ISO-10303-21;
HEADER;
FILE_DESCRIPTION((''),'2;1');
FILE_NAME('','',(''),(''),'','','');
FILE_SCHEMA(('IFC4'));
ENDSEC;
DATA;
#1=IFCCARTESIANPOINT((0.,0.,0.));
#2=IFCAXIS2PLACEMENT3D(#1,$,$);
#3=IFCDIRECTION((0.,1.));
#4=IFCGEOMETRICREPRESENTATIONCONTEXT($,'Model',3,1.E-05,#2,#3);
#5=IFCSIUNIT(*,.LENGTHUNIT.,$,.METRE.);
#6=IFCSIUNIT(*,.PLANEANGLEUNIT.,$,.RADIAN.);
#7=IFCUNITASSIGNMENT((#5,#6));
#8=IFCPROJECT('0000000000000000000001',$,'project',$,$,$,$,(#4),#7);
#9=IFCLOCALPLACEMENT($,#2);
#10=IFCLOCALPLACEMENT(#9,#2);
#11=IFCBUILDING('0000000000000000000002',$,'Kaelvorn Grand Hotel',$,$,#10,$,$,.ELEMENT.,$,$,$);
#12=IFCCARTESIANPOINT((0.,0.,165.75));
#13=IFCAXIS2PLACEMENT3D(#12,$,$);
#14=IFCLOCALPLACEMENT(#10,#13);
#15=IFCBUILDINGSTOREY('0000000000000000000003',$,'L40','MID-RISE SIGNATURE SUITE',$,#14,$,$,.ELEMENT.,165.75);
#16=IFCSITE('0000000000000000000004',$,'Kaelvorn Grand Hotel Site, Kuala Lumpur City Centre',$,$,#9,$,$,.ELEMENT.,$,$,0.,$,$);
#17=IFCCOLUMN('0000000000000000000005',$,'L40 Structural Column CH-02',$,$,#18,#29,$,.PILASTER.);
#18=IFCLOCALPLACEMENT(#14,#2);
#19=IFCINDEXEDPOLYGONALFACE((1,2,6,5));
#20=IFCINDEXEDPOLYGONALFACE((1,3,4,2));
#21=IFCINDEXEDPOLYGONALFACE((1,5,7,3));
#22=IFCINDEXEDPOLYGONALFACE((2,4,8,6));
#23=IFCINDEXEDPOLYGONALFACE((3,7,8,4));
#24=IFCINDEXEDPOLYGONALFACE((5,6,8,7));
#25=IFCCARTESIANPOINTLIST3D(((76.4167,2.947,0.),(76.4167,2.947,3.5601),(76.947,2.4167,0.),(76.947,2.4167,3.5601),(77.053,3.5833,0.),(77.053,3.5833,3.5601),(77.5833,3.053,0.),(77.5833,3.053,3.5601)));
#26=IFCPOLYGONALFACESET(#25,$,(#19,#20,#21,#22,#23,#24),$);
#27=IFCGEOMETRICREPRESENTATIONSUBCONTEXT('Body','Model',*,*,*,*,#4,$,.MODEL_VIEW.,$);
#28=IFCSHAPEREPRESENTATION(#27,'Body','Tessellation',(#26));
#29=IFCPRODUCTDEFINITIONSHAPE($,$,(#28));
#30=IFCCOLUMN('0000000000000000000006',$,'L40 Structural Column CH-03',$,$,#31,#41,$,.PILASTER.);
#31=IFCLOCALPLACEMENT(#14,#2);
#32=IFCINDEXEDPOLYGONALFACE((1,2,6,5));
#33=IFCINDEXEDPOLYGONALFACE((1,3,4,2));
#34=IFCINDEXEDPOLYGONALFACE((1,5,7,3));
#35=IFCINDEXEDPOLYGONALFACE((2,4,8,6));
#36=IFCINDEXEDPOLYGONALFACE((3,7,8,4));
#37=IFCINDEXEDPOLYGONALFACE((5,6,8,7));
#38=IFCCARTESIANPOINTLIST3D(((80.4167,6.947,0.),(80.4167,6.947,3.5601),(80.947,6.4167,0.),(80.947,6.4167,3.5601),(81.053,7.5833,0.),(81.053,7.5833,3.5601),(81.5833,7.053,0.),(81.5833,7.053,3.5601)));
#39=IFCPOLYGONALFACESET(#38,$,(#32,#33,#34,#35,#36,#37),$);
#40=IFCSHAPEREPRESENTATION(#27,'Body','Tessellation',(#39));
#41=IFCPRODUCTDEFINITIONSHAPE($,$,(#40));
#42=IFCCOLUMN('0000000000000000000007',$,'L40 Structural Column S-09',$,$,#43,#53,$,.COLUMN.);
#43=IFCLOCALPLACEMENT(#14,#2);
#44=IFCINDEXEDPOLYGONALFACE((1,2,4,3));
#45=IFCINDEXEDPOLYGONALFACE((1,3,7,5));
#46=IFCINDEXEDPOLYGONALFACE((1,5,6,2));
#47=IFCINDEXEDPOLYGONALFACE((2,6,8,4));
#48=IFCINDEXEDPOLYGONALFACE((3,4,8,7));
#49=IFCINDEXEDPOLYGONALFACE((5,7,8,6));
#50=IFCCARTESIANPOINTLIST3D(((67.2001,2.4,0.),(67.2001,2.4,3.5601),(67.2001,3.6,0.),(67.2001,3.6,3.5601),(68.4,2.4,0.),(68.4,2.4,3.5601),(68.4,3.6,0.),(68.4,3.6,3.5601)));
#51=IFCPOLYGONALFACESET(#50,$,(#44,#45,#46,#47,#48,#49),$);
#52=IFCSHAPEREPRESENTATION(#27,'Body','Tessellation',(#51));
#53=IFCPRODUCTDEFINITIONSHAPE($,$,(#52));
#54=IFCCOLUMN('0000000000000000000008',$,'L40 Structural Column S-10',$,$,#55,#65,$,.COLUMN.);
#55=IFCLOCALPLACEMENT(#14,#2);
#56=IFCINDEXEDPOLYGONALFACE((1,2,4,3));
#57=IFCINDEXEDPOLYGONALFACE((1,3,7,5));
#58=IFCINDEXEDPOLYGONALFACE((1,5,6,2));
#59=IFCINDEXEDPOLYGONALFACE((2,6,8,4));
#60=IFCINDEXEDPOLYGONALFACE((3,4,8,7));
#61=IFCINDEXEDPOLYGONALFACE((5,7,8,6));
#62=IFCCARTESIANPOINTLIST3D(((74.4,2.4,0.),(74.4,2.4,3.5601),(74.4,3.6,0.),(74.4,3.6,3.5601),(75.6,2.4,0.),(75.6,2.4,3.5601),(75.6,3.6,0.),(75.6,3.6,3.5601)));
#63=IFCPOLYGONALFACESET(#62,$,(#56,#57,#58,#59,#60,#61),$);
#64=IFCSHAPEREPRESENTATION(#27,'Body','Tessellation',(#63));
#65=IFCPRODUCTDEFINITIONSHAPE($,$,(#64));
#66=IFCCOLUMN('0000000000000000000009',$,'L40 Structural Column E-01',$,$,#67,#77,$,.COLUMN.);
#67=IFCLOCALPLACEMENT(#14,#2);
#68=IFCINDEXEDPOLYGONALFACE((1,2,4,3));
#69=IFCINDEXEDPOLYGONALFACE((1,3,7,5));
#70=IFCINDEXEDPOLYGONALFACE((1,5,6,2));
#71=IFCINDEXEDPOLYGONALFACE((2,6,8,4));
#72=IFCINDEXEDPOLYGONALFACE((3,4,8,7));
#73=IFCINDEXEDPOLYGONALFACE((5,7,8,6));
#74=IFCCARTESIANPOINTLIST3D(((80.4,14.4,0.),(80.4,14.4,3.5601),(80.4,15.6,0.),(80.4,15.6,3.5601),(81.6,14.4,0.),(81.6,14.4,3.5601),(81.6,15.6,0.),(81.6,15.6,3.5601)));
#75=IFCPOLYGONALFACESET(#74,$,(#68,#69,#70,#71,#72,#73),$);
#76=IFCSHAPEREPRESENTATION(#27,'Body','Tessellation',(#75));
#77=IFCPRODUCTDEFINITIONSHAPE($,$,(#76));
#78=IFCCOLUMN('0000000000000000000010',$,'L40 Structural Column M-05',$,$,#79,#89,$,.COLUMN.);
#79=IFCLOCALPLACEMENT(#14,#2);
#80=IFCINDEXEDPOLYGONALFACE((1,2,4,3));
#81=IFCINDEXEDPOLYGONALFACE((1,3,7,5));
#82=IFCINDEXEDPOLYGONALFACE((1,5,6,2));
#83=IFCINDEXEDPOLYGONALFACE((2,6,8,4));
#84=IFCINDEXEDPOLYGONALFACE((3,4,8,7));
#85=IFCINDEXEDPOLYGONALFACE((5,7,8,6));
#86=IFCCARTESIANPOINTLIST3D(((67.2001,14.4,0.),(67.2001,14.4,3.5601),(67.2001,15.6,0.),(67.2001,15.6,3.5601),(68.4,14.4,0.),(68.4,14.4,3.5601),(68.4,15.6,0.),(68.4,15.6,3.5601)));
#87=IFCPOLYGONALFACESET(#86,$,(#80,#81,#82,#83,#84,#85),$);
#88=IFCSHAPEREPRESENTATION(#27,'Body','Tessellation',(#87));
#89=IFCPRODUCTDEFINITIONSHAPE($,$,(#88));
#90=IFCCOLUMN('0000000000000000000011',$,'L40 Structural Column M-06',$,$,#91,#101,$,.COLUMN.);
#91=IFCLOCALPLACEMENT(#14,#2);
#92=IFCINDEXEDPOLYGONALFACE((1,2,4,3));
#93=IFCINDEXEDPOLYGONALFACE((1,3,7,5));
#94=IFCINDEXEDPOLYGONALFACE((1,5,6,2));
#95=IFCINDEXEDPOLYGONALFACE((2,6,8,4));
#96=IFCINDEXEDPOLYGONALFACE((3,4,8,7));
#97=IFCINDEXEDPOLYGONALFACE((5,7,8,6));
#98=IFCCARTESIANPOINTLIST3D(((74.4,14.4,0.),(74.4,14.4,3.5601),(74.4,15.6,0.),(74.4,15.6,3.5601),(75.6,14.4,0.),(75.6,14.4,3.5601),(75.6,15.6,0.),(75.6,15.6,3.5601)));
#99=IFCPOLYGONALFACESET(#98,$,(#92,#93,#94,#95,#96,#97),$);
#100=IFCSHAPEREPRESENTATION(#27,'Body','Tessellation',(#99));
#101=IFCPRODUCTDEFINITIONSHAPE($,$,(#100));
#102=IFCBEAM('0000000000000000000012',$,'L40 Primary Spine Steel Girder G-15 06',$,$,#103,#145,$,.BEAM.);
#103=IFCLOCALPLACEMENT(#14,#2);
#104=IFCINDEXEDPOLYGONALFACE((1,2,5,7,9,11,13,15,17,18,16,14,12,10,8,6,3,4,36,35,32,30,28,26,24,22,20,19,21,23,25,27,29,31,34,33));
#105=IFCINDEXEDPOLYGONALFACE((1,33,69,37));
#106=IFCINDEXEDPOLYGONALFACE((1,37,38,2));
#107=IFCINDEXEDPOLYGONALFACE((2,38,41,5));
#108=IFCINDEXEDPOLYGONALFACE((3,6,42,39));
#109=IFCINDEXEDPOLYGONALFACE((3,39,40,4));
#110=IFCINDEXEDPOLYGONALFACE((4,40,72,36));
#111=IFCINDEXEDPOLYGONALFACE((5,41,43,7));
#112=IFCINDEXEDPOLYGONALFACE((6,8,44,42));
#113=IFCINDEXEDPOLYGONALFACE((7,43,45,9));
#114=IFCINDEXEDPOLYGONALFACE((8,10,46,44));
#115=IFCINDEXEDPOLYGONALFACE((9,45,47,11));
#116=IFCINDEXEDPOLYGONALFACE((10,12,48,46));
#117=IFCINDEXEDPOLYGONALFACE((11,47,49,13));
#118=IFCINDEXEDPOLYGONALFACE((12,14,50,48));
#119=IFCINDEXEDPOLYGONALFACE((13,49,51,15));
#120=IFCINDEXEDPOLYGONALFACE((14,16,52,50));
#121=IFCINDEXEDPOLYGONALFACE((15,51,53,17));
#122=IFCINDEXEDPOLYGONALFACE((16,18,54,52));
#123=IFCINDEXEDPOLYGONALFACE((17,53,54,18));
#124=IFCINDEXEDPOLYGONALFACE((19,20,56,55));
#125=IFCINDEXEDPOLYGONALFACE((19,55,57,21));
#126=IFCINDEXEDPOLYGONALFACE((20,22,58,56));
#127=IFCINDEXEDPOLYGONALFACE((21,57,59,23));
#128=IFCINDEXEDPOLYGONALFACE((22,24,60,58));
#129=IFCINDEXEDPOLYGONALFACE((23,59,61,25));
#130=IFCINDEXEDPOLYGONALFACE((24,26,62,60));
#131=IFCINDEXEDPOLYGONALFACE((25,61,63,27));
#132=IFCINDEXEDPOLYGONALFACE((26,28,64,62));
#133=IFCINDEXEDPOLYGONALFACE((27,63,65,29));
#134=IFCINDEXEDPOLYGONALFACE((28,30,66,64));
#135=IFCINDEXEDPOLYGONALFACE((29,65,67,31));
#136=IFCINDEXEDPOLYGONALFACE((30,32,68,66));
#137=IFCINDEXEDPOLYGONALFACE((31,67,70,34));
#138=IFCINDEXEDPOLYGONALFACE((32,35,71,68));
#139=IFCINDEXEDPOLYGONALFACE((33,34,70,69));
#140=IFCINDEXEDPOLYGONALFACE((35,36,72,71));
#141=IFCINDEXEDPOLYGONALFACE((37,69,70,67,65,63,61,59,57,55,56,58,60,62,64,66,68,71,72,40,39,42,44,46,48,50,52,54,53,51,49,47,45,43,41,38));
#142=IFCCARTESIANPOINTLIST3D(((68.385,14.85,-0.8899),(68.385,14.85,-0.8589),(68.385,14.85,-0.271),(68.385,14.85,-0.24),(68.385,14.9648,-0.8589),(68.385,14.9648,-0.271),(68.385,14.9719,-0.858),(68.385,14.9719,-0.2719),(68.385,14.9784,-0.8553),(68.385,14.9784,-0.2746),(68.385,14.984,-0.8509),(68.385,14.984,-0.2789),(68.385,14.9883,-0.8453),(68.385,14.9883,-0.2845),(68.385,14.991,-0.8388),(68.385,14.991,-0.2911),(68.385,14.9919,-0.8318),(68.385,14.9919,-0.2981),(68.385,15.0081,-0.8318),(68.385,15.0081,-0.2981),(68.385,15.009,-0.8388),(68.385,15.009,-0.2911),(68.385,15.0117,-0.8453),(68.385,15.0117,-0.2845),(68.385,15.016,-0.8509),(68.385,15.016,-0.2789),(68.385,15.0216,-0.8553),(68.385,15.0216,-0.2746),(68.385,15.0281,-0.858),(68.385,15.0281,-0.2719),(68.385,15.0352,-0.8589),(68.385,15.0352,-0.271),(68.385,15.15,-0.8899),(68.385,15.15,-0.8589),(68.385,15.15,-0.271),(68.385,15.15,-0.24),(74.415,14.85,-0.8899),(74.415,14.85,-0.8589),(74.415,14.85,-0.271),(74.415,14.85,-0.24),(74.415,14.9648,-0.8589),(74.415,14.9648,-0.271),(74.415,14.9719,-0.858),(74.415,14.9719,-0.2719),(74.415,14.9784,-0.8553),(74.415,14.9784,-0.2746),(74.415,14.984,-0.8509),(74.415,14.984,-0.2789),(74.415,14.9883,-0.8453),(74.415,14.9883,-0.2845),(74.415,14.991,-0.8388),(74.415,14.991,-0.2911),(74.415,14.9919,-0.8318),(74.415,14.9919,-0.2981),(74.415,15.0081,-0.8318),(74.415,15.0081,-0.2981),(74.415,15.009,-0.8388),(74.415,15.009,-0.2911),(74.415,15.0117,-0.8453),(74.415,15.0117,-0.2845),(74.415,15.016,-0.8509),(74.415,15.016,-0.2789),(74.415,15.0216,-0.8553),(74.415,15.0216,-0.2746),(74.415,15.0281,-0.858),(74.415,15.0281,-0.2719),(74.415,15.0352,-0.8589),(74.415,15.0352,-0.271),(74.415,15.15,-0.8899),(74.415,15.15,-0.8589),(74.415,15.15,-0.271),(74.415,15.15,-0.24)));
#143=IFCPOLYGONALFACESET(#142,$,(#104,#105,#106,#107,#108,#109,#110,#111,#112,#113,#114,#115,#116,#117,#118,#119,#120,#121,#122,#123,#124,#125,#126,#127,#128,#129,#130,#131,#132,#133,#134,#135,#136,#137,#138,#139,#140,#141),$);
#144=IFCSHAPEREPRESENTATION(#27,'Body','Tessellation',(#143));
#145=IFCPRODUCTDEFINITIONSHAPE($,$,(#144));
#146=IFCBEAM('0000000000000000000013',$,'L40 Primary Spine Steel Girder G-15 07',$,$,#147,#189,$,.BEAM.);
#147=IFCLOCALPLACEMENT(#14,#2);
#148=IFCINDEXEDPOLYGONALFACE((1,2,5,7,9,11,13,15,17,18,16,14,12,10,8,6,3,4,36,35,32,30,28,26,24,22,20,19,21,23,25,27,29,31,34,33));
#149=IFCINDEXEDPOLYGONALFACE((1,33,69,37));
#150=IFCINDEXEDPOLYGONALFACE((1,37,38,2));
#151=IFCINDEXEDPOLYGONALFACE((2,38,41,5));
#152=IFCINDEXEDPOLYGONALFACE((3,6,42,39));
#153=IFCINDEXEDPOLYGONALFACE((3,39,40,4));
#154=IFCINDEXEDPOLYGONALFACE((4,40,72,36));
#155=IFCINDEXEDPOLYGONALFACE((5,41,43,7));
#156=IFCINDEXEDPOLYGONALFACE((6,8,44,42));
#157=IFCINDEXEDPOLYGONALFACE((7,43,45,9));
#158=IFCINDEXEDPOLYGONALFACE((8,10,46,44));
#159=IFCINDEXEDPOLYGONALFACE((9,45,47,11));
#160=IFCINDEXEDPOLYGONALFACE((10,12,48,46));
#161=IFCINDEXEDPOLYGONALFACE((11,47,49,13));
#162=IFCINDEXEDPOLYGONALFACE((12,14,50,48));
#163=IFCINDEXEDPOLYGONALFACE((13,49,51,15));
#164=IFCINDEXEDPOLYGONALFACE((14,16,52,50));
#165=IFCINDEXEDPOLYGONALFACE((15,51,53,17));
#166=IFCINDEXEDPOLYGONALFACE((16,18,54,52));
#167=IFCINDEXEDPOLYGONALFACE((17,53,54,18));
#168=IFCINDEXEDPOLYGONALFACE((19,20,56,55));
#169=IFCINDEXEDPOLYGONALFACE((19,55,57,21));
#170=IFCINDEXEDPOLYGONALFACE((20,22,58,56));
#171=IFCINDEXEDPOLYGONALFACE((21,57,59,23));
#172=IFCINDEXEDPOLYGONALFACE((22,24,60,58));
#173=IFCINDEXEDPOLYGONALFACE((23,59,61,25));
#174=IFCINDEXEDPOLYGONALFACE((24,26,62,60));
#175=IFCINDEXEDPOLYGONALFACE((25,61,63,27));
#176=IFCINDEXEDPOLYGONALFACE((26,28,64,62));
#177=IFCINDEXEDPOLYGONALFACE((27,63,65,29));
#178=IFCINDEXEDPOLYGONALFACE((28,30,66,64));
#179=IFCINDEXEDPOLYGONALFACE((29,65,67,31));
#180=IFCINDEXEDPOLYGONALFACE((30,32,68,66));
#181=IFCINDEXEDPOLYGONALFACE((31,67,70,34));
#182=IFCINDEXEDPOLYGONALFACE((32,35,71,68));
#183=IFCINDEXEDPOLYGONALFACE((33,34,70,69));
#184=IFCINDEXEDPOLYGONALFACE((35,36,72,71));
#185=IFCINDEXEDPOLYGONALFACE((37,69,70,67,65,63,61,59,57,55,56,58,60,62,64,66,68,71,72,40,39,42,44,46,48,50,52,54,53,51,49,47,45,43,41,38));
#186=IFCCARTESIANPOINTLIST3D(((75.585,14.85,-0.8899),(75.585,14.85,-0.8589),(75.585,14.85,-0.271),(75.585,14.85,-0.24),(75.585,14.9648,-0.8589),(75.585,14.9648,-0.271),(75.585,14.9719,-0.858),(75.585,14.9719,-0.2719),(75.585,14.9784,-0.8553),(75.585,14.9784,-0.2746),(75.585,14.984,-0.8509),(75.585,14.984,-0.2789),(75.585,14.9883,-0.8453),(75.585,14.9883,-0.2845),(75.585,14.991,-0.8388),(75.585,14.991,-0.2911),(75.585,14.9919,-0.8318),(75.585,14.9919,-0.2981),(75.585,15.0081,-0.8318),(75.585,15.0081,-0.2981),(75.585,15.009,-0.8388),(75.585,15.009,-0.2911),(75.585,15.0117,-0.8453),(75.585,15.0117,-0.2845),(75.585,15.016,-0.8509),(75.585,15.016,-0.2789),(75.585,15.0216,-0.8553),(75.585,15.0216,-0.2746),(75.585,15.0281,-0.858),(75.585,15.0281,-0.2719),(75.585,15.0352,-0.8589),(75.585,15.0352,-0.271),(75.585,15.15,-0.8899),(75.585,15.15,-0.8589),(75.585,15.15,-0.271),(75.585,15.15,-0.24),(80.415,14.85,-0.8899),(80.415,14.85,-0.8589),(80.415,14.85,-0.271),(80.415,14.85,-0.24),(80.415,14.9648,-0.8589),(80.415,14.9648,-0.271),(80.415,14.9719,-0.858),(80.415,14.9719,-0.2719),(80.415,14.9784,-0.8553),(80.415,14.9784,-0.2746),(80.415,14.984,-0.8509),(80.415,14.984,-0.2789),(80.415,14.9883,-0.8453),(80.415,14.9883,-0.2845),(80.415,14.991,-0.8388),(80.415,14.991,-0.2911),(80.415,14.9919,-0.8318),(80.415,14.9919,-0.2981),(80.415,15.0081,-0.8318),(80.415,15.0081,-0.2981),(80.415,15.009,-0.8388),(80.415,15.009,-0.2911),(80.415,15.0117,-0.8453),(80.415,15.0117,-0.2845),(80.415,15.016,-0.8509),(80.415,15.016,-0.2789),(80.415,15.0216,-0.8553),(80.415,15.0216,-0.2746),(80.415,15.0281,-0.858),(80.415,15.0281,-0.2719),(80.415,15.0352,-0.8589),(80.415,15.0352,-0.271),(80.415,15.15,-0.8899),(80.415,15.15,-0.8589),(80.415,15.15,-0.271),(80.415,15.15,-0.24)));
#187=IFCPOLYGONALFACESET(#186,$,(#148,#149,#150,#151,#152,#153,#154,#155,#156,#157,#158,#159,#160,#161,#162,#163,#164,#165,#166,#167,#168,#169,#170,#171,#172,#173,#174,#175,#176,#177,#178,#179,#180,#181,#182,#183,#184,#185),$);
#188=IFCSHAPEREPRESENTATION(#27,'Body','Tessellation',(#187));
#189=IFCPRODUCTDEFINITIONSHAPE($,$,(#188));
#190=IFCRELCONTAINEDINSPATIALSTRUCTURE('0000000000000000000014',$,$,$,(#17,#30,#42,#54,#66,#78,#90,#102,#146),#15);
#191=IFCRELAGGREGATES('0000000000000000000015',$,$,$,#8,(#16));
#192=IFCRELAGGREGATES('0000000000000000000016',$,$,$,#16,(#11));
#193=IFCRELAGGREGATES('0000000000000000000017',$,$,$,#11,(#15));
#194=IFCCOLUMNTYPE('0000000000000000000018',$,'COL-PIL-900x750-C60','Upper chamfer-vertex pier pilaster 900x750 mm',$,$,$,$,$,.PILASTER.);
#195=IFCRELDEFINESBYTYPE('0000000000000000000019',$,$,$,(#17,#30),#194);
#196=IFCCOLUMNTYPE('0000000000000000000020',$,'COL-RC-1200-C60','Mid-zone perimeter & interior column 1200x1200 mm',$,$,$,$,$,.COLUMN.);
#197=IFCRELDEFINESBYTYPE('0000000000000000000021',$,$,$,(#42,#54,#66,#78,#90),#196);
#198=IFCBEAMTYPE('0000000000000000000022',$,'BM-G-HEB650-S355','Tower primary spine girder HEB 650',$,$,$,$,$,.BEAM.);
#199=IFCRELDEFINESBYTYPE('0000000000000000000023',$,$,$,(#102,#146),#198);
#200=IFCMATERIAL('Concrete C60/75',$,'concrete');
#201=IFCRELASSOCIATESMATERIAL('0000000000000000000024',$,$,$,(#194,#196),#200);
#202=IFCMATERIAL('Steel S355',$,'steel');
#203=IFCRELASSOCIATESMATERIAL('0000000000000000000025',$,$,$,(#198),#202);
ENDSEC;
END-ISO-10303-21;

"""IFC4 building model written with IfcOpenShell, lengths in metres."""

from ifc_helpers import new_model, si_unit, direction, frame, origin, origin_2d, place, context, subcontext, project, spatial, rectangle, i_section, extrude, material, material_profile, profile_set, type_object, element, save


model = new_model("IFC4")

# Units and contexts
model_context = context("Model", 3, precision=1e-05, world=origin(), true_north=direction((0.0, 1.0)))
body_context = subcontext(model_context, "Body", "Model", "MODEL_VIEW")
ifc_project = project(units=[si_unit("LENGTHUNIT", "METRE"), si_unit("PLANEANGLEUNIT", "RADIAN")], contexts=[model_context])

# Site, building, storey
site_placement = place(None, origin())
site = spatial("IfcSite", under=ifc_project, at=site_placement, Name="Kaelvorn Grand Hotel Site, Kuala Lumpur City Centre", CompositionType="ELEMENT", RefElevation=0.0)
building_placement = place(site_placement, origin())
building = spatial("IfcBuilding", under=site, at=building_placement, Name="Kaelvorn Grand Hotel", CompositionType="ELEMENT")
storey_placement = place(building_placement, frame((0.0, 0.0, 165.75)))
storey = spatial("IfcBuildingStorey", under=building, at=storey_placement, Name="L40", Description="MID-RISE SIGNATURE SUITE", CompositionType="ELEMENT", Elevation=165.75)

# Columns
ifc_material_1 = material(Name="Concrete C60/75", Category="concrete")
ifc_material_profile_1 = material_profile(ifc_material_1, rectangle(XDim=0.8999, YDim=0.75, at=origin_2d()), Name="RC PILASTER 900x750")
ifc_profile_set_1 = profile_set([ifc_material_profile_1], Name="Concrete C60/75")
column_type_1 = type_object("IfcColumnType", Name="COL-PIL-900x750-C60", Description="Upper chamfer-vertex pier pilaster 900x750 mm", PredefinedType="PILASTER", material=ifc_profile_set_1)
for number, where, z_axis, x_axis, name in (
    (1, (77.0, 3.0, 0.0), (0.0, 0.0, 1.0), (0.707107, 0.707107, 0.0), "L40 Structural Column CH-02"),
    (2, (81.0, 7.0, 0.0), (0.0, 0.0, 1.0), (0.707107, 0.707107, 0.0), "L40 Structural Column CH-03"),
):
    element("IfcColumn", number, at=place(storey_placement, frame(where, z_axis=z_axis, x_axis=x_axis)), inside=storey, type_object=column_type_1, Name=name, PredefinedType="PILASTER", context=body_context, shape_type="SweptSolid", body=[
        extrude(rectangle(XDim=0.8999, YDim=0.75, at=origin_2d()), origin(), (0.0, 0.0, 1.0), 3.5601),
    ])
ifc_material_profile_2 = material_profile(ifc_material_1, rectangle(XDim=1.2, YDim=1.2, at=origin_2d()), Name="RC COL 1200x1200")
ifc_profile_set_2 = profile_set([ifc_material_profile_2], Name="Concrete C60/75")
column_type_2 = type_object("IfcColumnType", Name="COL-RC-1200-C60", Description="Mid-zone perimeter & interior column 1200x1200 mm", PredefinedType="COLUMN", material=ifc_profile_set_2)
for number, where, z_axis, x_axis, name in (
    (3, (67.8, 3.0, 0.0), (0.0, 0.0, 1.0), (1.0, 0.0, 0.0), "L40 Structural Column S-09"),
    (4, (75.0, 3.0, 0.0), (0.0, 0.0, 1.0), (1.0, 0.0, 0.0), "L40 Structural Column S-10"),
    (5, (81.0, 15.0, 0.0), (0.0, 0.0, 1.0), (1.0, 0.0, 0.0), "L40 Structural Column E-01"),
    (6, (67.8, 15.0, 0.0), (0.0, 0.0, 1.0), (1.0, 0.0, 0.0), "L40 Structural Column M-05"),
    (7, (75.0, 15.0, 0.0), (0.0, 0.0, 1.0), (1.0, 0.0, 0.0), "L40 Structural Column M-06"),
):
    element("IfcColumn", number, at=place(storey_placement, frame(where, z_axis=z_axis, x_axis=x_axis)), inside=storey, type_object=column_type_2, Name=name, PredefinedType="COLUMN", context=body_context, shape_type="SweptSolid", body=[
        extrude(rectangle(XDim=1.2, YDim=1.2, at=origin_2d()), origin(), (0.0, 0.0, 1.0), 3.5601),
    ])

# Beams
ifc_material_2 = material(Name="Steel S355", Category="steel")
ifc_material_profile_3 = material_profile(ifc_material_2, i_section(OverallWidth=0.3, OverallDepth=0.6499, WebThickness=0.0161, FlangeThickness=0.031, FilletRadius=0.0271, at=origin_2d()), Name="HEB 650")
ifc_profile_set_3 = profile_set([ifc_material_profile_3], Name="Steel S355")
beam_type_1 = type_object("IfcBeamType", Name="BM-G-HEB650-S355", Description="Tower primary spine girder HEB 650", PredefinedType="BEAM", material=ifc_profile_set_3)
beam_1_placement = place(storey_placement, frame((68.385, 15.0, -0.5649), z_axis=(1.0, 0.0, 0.0), x_axis=(0.0, 1.0, 0.0)))
element("IfcBeam", 8, at=beam_1_placement, inside=storey, type_object=beam_type_1, Name="L40 Primary Spine Steel Girder G-15 06", PredefinedType="BEAM", context=body_context, shape_type="SweptSolid", body=[
    extrude(i_section(OverallWidth=0.3, OverallDepth=0.6499, WebThickness=0.0161, FlangeThickness=0.031, FilletRadius=0.0271, at=origin_2d()), origin(), (0.0, 0.0, 1.0), 6.03),
])
beam_2_placement = place(storey_placement, frame((75.585, 15.0, -0.5649), z_axis=(1.0, 0.0, 0.0), x_axis=(0.0, 1.0, 0.0)))
element("IfcBeam", 9, at=beam_2_placement, inside=storey, type_object=beam_type_1, Name="L40 Primary Spine Steel Girder G-15 07", PredefinedType="BEAM", context=body_context, shape_type="SweptSolid", body=[
    extrude(i_section(OverallWidth=0.3, OverallDepth=0.6499, WebThickness=0.0161, FlangeThickness=0.031, FilletRadius=0.0271, at=origin_2d()), origin(), (0.0, 0.0, 1.0), 4.8301),
])

save(model, "model.ifc")
